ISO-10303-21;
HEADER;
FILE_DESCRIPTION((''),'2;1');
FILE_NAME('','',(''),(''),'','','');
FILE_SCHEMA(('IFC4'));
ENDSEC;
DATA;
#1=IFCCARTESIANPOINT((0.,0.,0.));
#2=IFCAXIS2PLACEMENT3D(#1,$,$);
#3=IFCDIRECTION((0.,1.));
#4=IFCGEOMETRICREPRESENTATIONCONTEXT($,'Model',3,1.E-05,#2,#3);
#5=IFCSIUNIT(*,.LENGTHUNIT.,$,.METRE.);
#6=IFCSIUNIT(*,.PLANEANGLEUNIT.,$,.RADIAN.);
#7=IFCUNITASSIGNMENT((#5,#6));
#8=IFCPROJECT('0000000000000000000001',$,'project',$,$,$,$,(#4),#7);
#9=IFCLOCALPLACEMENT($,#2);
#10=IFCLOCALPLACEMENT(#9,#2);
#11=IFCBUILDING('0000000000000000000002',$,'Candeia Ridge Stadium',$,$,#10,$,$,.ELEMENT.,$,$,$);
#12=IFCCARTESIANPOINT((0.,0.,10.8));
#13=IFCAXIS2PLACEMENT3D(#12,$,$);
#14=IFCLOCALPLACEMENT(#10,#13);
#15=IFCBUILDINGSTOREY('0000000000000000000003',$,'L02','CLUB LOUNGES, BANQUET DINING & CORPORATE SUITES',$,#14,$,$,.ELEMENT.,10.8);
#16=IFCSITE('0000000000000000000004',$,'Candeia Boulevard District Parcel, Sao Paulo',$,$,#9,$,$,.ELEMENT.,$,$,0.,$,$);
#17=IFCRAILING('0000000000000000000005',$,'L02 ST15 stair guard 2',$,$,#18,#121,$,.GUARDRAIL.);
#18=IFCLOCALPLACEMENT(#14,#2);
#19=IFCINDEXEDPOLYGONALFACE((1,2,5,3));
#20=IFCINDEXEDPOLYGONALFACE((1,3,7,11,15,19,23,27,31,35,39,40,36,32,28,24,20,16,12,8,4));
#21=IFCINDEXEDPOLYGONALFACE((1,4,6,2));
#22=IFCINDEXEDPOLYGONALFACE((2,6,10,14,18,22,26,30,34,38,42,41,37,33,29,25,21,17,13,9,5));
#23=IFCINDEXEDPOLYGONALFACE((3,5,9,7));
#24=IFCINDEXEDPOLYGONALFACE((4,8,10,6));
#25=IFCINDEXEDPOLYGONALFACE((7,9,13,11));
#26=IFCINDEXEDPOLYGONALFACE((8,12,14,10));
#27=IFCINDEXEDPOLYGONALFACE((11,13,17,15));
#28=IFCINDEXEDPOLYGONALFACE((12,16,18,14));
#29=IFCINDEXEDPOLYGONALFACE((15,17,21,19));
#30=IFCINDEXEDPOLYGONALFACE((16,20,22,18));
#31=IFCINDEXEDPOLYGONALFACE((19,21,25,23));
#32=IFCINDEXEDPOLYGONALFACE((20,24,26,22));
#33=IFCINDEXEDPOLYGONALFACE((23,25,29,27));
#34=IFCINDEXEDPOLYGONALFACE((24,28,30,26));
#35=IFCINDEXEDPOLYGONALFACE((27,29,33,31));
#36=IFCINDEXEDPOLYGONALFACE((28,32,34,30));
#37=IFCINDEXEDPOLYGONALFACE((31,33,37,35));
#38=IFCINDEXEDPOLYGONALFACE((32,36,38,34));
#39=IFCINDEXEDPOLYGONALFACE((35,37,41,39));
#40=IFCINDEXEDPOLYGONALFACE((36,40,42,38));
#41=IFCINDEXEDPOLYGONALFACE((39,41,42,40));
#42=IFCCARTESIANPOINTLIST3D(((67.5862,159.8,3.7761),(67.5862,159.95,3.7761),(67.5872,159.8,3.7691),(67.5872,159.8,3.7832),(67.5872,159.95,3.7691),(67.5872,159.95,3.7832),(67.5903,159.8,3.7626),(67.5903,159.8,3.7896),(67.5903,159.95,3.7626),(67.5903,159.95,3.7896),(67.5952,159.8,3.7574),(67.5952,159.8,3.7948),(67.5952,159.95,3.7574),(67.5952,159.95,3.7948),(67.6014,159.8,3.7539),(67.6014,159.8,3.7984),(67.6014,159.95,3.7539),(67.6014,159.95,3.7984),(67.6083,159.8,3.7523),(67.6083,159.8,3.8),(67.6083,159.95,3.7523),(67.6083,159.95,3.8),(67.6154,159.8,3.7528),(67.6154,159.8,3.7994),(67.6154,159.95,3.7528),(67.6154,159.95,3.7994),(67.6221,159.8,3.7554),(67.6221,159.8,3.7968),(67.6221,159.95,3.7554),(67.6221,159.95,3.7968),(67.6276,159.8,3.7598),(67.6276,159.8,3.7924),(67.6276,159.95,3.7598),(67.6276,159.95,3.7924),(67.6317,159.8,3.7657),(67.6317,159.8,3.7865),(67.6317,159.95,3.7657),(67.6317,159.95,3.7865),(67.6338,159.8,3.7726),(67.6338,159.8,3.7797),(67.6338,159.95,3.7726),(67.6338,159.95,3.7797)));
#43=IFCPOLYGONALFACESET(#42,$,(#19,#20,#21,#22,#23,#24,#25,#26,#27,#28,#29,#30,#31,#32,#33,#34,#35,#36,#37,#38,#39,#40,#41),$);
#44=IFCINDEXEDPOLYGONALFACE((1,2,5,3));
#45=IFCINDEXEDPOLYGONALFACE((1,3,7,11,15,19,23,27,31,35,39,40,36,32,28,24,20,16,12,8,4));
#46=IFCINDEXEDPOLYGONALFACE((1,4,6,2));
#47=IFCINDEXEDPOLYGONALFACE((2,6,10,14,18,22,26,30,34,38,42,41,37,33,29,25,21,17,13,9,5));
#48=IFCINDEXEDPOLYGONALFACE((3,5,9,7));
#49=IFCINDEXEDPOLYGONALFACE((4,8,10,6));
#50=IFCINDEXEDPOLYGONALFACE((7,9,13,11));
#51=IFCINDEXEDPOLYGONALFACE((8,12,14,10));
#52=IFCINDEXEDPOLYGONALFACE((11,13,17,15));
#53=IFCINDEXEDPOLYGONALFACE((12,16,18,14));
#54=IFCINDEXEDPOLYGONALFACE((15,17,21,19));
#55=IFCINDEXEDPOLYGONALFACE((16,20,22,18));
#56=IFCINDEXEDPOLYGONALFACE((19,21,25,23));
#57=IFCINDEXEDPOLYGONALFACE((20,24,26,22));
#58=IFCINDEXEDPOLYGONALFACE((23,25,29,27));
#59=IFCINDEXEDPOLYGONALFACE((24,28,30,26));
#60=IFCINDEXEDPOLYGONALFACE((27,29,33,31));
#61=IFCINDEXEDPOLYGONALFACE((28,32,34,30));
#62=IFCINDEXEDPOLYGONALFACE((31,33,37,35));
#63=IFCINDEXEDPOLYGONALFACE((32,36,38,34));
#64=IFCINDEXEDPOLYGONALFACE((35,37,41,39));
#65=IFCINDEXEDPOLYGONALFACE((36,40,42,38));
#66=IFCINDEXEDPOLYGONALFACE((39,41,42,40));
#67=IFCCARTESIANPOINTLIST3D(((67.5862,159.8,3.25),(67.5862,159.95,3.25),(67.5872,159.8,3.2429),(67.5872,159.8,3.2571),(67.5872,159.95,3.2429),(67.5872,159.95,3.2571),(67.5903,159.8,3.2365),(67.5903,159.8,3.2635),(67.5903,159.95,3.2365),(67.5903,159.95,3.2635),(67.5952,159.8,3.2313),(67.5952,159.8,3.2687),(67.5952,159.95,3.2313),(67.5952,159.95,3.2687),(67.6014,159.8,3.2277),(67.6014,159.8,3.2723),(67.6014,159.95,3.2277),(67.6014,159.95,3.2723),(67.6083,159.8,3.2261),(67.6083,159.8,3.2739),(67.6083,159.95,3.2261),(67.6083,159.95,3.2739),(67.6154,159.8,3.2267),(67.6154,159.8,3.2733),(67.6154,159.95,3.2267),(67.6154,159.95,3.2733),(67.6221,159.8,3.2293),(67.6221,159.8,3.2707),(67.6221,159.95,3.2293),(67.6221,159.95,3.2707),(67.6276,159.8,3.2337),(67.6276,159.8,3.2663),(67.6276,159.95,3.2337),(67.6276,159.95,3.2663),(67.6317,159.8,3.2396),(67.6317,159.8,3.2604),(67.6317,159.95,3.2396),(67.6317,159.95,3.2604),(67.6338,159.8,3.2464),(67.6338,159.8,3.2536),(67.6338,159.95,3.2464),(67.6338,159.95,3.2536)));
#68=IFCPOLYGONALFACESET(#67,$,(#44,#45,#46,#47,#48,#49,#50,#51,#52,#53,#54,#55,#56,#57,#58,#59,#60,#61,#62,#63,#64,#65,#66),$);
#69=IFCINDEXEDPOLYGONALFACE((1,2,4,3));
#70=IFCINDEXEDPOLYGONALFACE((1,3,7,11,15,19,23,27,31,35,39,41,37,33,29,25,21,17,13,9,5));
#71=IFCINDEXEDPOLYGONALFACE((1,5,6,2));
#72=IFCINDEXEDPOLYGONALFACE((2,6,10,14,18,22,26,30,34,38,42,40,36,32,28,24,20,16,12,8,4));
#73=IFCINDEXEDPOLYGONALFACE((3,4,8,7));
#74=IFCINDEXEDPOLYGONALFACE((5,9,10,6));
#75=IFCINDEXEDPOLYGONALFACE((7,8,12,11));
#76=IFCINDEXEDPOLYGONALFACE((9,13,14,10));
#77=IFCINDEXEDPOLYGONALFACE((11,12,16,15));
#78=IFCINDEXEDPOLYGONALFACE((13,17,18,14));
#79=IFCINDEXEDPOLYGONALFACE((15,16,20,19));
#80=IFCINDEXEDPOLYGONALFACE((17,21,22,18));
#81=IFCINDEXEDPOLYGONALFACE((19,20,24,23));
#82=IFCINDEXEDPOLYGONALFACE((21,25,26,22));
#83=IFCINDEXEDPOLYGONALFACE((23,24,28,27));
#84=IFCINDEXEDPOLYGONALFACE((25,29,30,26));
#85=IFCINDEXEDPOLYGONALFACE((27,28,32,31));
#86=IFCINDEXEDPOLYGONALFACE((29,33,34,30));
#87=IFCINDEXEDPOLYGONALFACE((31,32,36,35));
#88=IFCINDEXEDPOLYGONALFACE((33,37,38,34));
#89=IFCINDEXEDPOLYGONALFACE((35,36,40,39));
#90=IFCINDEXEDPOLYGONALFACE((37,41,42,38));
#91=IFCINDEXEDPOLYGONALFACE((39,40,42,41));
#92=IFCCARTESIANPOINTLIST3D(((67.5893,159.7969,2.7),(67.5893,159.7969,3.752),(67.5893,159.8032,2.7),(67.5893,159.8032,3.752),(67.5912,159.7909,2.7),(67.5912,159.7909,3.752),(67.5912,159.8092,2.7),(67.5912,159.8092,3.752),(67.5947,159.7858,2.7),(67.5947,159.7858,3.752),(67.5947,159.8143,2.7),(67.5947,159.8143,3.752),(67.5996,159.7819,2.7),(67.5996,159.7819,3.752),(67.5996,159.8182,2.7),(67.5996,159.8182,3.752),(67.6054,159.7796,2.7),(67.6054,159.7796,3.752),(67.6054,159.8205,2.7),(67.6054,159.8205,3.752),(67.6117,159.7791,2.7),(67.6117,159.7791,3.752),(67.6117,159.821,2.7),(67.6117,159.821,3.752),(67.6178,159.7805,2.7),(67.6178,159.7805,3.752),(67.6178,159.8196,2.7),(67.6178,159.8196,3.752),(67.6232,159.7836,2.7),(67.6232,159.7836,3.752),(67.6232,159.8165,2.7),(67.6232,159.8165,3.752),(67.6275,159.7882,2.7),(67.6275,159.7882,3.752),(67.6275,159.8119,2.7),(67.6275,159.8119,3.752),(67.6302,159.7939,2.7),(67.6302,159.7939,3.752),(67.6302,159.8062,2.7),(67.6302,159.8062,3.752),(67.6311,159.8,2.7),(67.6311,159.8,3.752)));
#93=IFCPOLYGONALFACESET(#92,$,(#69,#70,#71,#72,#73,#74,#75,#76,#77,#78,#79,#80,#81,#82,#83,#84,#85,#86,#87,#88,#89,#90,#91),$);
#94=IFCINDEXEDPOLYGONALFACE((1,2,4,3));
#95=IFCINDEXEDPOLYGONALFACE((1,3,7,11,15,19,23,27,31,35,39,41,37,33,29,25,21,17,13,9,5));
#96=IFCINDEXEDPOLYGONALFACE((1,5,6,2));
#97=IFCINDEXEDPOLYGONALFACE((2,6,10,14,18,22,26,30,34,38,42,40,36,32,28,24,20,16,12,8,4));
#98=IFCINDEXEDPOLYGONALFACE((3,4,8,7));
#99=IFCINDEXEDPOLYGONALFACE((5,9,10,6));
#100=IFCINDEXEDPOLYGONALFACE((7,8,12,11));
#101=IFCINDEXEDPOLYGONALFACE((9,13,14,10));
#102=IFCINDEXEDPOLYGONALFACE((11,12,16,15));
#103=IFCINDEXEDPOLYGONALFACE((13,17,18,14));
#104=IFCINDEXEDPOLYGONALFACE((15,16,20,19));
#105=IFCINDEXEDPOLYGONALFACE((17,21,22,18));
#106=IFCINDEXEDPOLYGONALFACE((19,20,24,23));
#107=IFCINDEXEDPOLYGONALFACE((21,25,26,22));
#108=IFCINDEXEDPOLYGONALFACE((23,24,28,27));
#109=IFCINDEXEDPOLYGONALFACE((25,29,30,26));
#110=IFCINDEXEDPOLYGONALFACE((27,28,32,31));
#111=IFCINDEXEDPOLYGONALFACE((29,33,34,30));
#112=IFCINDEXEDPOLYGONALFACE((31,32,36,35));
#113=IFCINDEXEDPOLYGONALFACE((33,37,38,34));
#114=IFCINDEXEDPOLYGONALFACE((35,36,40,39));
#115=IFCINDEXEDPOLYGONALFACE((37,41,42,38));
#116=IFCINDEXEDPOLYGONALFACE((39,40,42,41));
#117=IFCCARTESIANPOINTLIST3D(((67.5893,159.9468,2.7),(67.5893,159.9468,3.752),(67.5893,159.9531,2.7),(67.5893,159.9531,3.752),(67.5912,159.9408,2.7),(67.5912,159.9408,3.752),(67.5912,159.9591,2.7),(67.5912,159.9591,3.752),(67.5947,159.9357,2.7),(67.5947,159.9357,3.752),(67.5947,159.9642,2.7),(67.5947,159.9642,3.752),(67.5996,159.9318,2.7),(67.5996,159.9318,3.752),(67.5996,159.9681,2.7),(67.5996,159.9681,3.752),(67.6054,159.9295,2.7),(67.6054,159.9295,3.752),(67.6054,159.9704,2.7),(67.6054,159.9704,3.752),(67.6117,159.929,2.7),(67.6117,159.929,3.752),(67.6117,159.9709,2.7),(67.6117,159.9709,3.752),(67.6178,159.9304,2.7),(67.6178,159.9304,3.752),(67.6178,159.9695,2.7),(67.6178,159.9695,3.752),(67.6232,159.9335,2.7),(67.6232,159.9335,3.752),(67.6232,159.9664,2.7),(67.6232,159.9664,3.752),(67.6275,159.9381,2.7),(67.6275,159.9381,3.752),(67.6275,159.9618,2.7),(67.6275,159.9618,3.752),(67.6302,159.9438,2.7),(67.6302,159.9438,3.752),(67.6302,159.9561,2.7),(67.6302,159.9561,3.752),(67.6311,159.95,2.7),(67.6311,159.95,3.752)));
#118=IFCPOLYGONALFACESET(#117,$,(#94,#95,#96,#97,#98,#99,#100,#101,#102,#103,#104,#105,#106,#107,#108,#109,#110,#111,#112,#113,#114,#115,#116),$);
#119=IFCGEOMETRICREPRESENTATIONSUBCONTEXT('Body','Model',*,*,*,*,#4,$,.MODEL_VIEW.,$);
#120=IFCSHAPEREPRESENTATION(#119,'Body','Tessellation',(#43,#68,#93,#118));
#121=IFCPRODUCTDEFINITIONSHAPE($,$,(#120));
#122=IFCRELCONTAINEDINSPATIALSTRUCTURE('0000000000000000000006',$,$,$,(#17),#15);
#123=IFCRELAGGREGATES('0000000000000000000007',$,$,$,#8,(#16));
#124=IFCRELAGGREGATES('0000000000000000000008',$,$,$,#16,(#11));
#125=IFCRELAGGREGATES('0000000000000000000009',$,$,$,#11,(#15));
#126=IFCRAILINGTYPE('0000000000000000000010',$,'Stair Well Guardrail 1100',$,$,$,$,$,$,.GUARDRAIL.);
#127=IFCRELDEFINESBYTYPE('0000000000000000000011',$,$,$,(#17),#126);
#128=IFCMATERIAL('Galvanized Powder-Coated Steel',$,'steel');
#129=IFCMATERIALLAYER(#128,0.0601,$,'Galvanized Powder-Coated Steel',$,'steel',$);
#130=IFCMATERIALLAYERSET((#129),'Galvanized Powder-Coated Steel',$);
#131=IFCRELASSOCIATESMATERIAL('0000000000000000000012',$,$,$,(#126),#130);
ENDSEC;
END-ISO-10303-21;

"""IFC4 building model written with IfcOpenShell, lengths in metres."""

from ifc_helpers import new_model, si_unit, direction, frame, origin, origin_2d, place, context, subcontext, project, spatial, circle, extrude, material, layer, layer_set, type_object, element, save


model = new_model("IFC4")

# Units and contexts
model_context = context("Model", 3, precision=1e-05, world=origin(), true_north=direction((0.0, 1.0)))
body_context = subcontext(model_context, "Body", "Model", "MODEL_VIEW")
ifc_project = project(units=[si_unit("LENGTHUNIT", "METRE"), si_unit("PLANEANGLEUNIT", "RADIAN")], contexts=[model_context])

# Site, building, storey
site_placement = place(None, origin())
site = spatial("IfcSite", under=ifc_project, at=site_placement, Name="Candeia Boulevard District Parcel, Sao Paulo", CompositionType="ELEMENT", RefElevation=0.0)
building_placement = place(site_placement, origin())
building = spatial("IfcBuilding", under=site, at=building_placement, Name="Candeia Ridge Stadium", CompositionType="ELEMENT")
storey_placement = place(building_placement, frame((0.0, 0.0, 10.8)))
storey = spatial("IfcBuildingStorey", under=building, at=storey_placement, Name="L02", Description="CLUB LOUNGES, BANQUET DINING & CORPORATE SUITES", CompositionType="ELEMENT", Elevation=10.8)

# Railing
ifc_material_1 = material(Name="Galvanized Powder-Coated Steel", Category="steel")
ifc_layer_1 = layer(ifc_material_1, 0.0601, Name="Galvanized Powder-Coated Steel", Category="steel")
ifc_layer_set_1 = layer_set([ifc_layer_1], Name="Galvanized Powder-Coated Steel")
railing_type_1 = type_object("IfcRailingType", Name="Stair Well Guardrail 1100", PredefinedType="GUARDRAIL", material=ifc_layer_set_1)
railing_1_placement = place(storey_placement, frame((67.6101, 159.8, 2.7)))
element("IfcRailing", 1, at=railing_1_placement, inside=storey, type_object=railing_type_1, Name="L02 ST15 stair guard 2", PredefinedType="GUARDRAIL", context=body_context, shape_type="SweptSolid", body=[
    extrude(circle(Radius=0.0239, at=origin_2d()), frame((0.0, 0.0, 1.0762), z_axis=(0.0, 1.0, 0.0), x_axis=(-1.0, 0.0, 0.0)), (0.0, 0.0, 1.0), 0.1499),
    extrude(circle(Radius=0.0239, at=origin_2d()), frame((0.0, 0.0, 0.55), z_axis=(0.0, 1.0, 0.0), x_axis=(-1.0, 0.0, 0.0)), (0.0, 0.0, 1.0), 0.1499),
    extrude(circle(Radius=0.021, at=origin_2d()), origin(), (0.0, 0.0, 1.0), 1.052),
    extrude(circle(Radius=0.021, at=origin_2d()), frame((0.0, 0.1499, 0.0)), (0.0, 0.0, 1.0), 1.052),
])

save(model, "model.ifc")
